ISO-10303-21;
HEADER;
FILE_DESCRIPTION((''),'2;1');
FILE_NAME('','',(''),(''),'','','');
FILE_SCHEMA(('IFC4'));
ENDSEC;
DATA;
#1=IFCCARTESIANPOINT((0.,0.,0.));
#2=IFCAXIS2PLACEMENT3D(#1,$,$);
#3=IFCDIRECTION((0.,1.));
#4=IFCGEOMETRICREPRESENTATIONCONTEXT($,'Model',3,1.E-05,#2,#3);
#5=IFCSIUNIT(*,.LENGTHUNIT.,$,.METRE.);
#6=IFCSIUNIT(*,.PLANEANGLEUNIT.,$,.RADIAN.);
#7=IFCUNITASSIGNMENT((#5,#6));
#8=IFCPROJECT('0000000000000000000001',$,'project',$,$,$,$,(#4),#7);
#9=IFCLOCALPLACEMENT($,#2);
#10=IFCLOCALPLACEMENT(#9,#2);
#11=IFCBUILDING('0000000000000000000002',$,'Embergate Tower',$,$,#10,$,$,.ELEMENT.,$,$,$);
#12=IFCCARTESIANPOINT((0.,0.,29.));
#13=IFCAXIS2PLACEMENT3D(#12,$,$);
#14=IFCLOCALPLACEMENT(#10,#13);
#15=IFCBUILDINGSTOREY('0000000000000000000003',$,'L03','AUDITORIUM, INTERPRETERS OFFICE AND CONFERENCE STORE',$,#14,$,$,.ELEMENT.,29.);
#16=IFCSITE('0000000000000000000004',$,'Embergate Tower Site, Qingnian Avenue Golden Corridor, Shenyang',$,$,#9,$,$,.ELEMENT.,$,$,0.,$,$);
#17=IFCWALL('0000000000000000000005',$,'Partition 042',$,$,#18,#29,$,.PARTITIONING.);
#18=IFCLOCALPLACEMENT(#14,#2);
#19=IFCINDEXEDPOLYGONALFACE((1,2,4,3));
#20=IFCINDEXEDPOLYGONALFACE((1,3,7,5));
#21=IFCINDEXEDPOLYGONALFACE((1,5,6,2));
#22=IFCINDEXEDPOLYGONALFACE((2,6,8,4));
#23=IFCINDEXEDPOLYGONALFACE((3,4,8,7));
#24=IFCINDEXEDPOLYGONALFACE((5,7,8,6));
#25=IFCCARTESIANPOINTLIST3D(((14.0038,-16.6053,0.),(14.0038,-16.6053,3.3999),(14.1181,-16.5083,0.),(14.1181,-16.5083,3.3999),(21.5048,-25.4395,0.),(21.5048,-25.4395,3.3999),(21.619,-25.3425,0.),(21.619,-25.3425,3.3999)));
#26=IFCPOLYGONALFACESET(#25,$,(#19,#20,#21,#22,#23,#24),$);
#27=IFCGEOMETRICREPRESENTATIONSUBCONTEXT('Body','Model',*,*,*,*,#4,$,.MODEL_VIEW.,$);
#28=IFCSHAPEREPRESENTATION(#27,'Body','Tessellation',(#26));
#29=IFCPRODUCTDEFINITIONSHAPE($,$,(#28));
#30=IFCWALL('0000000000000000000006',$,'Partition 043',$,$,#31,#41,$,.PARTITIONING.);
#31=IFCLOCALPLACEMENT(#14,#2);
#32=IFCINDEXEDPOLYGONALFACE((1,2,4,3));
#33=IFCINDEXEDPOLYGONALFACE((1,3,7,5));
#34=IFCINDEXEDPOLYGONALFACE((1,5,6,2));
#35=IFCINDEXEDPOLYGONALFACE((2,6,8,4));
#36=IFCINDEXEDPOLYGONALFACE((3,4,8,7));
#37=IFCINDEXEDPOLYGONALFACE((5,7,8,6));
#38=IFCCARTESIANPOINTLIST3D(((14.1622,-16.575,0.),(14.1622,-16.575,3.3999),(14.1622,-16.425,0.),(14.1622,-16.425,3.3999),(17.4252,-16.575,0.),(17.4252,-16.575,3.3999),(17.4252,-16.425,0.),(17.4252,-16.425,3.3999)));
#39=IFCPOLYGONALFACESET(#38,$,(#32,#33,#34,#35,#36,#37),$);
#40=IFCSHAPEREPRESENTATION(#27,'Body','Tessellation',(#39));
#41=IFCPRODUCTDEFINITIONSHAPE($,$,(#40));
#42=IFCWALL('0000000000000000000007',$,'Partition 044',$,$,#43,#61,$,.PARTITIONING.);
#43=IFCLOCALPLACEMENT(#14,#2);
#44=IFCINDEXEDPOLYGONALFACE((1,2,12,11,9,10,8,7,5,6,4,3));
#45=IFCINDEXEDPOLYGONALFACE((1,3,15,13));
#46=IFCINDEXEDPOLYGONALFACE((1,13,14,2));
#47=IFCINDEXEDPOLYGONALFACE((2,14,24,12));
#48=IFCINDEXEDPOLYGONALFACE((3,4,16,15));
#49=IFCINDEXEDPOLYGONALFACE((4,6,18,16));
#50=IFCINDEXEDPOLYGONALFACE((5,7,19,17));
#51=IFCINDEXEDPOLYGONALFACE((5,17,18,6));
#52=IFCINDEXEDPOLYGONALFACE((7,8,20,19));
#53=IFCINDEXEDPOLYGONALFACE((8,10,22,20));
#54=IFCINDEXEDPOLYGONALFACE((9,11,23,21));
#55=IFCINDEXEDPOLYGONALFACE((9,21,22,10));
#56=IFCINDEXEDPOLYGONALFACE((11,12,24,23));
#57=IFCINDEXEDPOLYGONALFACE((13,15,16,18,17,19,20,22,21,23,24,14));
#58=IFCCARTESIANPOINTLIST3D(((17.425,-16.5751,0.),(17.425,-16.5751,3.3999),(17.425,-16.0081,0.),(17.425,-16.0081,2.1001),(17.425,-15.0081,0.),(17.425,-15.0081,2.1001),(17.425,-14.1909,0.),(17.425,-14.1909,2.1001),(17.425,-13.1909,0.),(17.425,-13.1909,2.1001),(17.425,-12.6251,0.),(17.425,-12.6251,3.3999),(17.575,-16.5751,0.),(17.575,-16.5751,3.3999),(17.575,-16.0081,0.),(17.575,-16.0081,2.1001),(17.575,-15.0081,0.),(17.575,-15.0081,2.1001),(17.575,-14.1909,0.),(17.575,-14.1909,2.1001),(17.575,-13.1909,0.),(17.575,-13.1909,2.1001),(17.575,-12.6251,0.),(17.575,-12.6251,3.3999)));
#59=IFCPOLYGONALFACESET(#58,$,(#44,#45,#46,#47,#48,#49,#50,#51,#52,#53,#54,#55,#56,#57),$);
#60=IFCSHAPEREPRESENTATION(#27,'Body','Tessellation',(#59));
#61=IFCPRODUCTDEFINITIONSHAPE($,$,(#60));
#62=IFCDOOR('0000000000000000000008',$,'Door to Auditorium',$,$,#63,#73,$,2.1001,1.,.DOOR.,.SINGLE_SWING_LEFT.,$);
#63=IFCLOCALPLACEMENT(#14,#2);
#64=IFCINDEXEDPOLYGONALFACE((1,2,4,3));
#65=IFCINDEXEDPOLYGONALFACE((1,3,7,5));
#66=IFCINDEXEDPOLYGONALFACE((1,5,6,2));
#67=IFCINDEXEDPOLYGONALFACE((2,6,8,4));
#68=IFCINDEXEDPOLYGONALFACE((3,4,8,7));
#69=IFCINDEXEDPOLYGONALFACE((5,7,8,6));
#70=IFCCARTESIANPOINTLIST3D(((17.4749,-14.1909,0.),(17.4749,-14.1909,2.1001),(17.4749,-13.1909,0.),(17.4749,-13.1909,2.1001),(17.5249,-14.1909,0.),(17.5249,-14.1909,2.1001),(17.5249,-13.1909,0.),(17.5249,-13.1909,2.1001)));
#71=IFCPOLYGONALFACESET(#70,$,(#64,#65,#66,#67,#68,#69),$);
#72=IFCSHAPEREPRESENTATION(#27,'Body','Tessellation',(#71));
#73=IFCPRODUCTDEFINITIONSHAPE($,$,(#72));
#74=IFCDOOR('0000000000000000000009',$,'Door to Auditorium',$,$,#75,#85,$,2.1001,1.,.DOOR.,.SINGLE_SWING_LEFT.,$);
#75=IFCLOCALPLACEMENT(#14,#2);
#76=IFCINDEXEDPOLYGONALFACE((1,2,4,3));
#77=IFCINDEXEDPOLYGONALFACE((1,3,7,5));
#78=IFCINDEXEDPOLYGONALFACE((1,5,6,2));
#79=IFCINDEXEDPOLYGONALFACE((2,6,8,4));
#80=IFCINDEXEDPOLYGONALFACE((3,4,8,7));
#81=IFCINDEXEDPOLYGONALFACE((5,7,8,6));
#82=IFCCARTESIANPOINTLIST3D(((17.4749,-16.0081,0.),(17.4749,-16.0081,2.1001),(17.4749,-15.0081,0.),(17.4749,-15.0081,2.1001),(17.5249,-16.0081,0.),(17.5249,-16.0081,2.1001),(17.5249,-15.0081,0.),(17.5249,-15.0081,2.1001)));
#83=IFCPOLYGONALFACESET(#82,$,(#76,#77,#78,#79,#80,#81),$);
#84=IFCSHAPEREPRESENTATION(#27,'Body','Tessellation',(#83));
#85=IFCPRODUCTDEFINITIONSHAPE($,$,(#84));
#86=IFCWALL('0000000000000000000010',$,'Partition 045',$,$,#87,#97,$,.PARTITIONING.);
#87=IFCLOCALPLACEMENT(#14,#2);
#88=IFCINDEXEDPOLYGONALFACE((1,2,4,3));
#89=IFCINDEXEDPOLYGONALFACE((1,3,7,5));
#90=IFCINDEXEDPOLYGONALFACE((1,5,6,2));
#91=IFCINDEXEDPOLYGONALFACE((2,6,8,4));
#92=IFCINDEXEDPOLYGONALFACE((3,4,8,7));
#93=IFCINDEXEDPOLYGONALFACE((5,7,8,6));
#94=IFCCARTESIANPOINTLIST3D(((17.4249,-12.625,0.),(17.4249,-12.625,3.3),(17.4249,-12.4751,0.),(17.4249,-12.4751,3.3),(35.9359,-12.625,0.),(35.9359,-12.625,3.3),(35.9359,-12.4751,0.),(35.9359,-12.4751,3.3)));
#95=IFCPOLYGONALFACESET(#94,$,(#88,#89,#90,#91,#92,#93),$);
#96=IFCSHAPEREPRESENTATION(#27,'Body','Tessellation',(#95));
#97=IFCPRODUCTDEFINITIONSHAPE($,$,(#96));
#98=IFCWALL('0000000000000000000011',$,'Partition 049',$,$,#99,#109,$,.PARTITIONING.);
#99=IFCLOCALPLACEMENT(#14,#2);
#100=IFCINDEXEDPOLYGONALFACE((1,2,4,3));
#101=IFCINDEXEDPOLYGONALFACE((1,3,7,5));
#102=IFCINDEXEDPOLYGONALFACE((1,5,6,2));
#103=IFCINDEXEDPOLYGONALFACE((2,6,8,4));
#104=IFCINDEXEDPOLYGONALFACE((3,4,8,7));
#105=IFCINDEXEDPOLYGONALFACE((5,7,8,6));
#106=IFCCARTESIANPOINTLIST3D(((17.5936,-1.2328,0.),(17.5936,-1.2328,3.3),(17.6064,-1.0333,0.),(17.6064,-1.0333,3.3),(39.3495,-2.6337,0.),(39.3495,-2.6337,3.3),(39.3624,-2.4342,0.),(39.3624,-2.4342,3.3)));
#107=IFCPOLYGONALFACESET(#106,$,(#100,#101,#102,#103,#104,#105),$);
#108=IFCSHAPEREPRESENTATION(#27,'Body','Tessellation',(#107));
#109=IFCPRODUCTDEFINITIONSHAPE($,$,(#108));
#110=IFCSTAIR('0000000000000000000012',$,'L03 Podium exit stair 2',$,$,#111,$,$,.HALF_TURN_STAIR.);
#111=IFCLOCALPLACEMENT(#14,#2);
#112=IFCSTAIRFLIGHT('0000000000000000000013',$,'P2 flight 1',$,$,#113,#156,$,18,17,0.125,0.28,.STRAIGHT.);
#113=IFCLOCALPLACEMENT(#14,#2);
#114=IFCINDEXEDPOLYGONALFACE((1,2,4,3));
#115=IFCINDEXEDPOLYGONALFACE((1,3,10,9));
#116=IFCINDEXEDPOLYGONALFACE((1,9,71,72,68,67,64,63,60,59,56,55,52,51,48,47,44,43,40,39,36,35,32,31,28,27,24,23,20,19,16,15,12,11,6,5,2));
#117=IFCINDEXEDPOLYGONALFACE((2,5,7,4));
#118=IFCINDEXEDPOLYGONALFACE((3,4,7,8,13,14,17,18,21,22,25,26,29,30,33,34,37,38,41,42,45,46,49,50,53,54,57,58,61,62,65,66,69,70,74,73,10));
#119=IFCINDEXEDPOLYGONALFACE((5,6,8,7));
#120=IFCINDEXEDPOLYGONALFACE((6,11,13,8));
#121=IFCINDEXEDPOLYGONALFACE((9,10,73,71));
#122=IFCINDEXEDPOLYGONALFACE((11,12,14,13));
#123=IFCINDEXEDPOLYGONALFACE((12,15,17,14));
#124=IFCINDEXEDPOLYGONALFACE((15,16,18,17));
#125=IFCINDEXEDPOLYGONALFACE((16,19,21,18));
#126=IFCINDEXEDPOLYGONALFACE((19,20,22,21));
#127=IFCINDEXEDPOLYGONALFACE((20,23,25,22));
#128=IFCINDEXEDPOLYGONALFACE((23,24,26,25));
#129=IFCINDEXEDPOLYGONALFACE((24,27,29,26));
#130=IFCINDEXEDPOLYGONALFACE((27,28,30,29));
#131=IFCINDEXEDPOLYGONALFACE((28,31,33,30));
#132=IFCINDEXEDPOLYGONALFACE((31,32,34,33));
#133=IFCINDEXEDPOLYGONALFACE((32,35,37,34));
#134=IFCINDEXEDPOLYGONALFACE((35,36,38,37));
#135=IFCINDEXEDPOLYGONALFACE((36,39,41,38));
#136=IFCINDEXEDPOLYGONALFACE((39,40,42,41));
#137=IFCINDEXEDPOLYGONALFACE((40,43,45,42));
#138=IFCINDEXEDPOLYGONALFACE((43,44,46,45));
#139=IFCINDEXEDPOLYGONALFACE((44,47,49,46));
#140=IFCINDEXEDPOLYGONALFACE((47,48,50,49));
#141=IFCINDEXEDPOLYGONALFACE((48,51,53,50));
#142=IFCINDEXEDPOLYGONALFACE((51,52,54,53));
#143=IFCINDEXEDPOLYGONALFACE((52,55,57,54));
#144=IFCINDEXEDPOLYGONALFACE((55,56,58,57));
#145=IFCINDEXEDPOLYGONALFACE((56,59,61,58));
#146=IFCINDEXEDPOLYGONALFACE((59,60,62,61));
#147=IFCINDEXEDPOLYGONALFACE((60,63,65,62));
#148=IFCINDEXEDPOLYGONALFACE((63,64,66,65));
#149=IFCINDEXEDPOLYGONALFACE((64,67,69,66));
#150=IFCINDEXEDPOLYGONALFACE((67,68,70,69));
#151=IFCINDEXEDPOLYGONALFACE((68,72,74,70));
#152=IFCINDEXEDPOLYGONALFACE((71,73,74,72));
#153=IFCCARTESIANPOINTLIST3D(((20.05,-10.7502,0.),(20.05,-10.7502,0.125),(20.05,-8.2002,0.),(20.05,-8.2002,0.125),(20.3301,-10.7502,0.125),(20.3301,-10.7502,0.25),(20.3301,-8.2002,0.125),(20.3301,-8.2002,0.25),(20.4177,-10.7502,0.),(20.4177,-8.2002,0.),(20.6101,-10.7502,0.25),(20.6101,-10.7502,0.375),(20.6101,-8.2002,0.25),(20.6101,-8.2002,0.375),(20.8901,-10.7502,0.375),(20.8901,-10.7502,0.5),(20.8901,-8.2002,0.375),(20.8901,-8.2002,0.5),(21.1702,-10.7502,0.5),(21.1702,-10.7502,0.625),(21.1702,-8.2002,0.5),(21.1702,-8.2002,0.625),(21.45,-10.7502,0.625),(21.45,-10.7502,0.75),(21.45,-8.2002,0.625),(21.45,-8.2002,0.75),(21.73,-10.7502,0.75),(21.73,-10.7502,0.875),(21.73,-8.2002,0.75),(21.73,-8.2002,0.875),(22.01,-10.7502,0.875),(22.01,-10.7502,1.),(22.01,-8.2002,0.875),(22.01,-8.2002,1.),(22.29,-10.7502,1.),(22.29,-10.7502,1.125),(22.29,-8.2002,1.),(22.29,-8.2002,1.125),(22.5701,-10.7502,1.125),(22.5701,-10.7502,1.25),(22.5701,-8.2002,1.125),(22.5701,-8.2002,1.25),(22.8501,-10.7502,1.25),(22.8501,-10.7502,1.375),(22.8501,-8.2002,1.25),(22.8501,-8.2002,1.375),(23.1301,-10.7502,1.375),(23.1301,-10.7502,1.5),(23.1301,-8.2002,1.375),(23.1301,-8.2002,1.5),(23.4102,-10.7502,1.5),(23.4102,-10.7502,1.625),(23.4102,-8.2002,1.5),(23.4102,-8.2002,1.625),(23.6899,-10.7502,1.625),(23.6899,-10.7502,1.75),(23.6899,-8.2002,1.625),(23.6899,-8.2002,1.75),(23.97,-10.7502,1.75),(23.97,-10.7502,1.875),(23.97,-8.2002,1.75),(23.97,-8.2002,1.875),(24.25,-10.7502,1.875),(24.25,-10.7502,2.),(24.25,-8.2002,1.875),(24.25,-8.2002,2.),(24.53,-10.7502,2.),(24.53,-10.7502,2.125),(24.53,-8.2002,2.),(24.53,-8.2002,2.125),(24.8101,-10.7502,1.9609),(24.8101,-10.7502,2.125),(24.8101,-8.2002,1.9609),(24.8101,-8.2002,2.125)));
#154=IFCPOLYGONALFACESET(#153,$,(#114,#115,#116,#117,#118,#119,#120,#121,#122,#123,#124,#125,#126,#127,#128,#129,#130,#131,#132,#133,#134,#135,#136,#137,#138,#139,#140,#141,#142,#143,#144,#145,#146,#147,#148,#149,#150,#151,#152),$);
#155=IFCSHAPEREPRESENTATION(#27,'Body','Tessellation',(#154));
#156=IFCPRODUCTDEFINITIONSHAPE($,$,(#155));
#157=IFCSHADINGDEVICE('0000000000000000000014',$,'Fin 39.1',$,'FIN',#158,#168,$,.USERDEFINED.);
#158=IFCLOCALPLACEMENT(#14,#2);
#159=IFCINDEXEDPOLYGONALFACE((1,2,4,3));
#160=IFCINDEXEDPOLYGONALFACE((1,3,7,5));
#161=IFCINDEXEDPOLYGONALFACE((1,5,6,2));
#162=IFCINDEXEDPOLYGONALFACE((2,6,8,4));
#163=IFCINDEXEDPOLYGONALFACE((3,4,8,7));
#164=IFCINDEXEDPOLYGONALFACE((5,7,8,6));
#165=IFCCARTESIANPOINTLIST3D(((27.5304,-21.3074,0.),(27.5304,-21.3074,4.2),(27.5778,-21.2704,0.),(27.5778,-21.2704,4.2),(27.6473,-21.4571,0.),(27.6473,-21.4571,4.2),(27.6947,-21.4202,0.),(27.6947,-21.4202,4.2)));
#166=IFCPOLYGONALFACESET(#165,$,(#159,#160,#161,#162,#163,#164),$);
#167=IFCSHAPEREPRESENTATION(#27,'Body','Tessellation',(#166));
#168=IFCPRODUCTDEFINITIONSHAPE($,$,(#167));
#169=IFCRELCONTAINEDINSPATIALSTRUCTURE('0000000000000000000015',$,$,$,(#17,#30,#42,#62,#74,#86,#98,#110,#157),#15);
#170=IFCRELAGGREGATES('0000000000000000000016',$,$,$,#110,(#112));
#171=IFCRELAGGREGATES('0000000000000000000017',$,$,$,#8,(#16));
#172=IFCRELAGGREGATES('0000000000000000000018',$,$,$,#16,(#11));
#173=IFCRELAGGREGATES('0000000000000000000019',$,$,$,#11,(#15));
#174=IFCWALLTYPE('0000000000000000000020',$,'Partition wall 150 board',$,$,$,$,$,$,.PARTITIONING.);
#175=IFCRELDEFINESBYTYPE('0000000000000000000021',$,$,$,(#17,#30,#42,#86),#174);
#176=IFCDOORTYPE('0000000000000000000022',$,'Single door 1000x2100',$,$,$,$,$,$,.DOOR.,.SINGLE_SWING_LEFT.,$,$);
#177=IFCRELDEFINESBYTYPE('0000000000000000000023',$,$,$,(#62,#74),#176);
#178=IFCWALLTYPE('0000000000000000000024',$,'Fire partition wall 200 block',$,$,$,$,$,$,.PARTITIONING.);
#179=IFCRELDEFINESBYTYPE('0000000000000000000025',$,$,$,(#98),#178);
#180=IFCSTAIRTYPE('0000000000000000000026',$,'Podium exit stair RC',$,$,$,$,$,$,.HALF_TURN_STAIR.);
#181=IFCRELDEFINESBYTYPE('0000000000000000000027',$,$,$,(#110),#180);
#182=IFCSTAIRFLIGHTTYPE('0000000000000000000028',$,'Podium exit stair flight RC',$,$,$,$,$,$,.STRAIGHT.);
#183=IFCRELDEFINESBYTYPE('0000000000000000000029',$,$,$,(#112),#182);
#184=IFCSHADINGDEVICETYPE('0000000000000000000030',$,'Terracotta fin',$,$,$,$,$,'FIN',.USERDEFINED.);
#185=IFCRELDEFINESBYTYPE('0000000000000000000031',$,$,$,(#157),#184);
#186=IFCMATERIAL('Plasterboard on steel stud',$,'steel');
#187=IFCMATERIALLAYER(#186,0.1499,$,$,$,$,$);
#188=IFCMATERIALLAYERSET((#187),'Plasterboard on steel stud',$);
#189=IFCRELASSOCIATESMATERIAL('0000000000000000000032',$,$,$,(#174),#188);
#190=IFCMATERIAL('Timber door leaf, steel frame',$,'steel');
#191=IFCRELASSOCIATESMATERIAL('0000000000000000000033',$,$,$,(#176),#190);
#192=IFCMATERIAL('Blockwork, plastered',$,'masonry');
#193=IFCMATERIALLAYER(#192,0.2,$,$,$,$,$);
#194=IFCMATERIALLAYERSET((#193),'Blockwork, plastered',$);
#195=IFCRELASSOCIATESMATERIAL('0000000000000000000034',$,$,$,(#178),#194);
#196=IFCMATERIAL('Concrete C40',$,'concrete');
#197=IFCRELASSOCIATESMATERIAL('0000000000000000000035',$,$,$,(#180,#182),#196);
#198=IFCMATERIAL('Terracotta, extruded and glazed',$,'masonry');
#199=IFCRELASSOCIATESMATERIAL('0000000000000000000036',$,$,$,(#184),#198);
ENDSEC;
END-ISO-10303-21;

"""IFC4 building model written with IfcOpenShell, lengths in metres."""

from ifc_helpers import new_model, si_unit, direction, frame, frame_2d, origin, origin_2d, place, context, subcontext, project, spatial, polyline, rectangle, outline, extrude, source, transform, mapped, material, layer, layer_set, material_profile, profile_set, type_object, element, fill, aggregate, save


model = new_model("IFC4")

# Units and contexts
model_context = context("Model", 3, precision=1e-05, world=origin(), true_north=direction((0.0, 1.0)))
body_context = subcontext(model_context, "Body", "Model", "MODEL_VIEW")
ifc_project = project(units=[si_unit("LENGTHUNIT", "METRE"), si_unit("PLANEANGLEUNIT", "RADIAN")], contexts=[model_context])

# Site, building, storey
site_placement = place(None, origin())
site = spatial("IfcSite", under=ifc_project, at=site_placement, Name="Embergate Tower Site, Qingnian Avenue Golden Corridor, Shenyang", CompositionType="ELEMENT", RefElevation=0.0)
building_placement = place(site_placement, origin())
building = spatial("IfcBuilding", under=site, at=building_placement, Name="Embergate Tower", CompositionType="ELEMENT")
storey_placement = place(building_placement, frame((0.0, 0.0, 29.0)))
storey = spatial("IfcBuildingStorey", under=building, at=storey_placement, Name="L03", Description="AUDITORIUM, INTERPRETERS OFFICE AND CONFERENCE STORE", CompositionType="ELEMENT", Elevation=29.0)

# Shared definitions
ifc_material_1 = material(Name="Concrete C40", Category="concrete")

# Shared definitions
ifc_material_2 = material(Name="Plasterboard on steel stud", Category="steel")
ifc_layer_1 = layer(ifc_material_2, 0.1499)
ifc_layer_set_1 = layer_set([ifc_layer_1], Name="Plasterboard on steel stud")
wall_type_1 = type_object("IfcWallType", Name="Partition wall 150 board", PredefinedType="PARTITIONING", material=ifc_layer_set_1)
ifc_material_3 = material(Name="Timber door leaf, steel frame", Category="steel")
shared_shape_1 = source(origin(), body_context, "Body", "SweptSolid", [
    extrude(rectangle(XDim=1.0, YDim=2.1001, at=frame_2d((0.5, 1.05))), frame((0.0, 0.085, 0.0), z_axis=(0.0, -1.0, 0.0), x_axis=(1.0, 0.0, 0.0)), (0.0, 0.0, 1.0), 0.1699),
])
door_type_1 = type_object("IfcDoorType", Name="Single door 1000x2100", OperationType="SINGLE_SWING_LEFT", PredefinedType="DOOR", material=ifc_material_3)
shared_shape_2 = source(origin(), body_context, "Body", "SweptSolid", [
    extrude(rectangle(XDim=1.0, YDim=2.1001, at=frame_2d((0.5, 1.05))), frame((0.0, 0.0249, 0.0), z_axis=(0.0, -1.0, 0.0), x_axis=(1.0, 0.0, 0.0)), (0.0, 0.0, 1.0), 0.05),
])

# Walls
shared_shape_3 = source(origin(), body_context, "Body", "SweptSolid", [
    extrude(rectangle(XDim=11.5891, YDim=0.1499, at=frame_2d((5.7944, 0.0))), origin(), (0.0, 0.0, 1.0), 3.3999),
])
wall_1_placement = place(storey_placement, frame((14.061, -16.5569, 0.0), z_axis=(0.0, 0.0, 1.0), x_axis=(0.647242, -0.762285, 0.0)))
element("IfcWall", 1, at=wall_1_placement, inside=storey, type_object=wall_type_1, Name="Partition 042", PredefinedType="PARTITIONING", context=body_context, shape_type="MappedRepresentation", body=[
    mapped(shared_shape_3, transform((0.0, 0.0, 0.0))),
])
shared_shape_4 = source(origin(), body_context, "Body", "SweptSolid", [
    extrude(rectangle(XDim=3.2629, YDim=0.1499, at=frame_2d((1.6313, 0.0))), origin(), (0.0, 0.0, 1.0), 3.3999),
])
wall_2_placement = place(storey_placement, frame((17.425, -16.5, 0.0), z_axis=(0.0, 0.0, 1.0), x_axis=(-1.0, 0.0, 0.0)))
element("IfcWall", 2, at=wall_2_placement, inside=storey, type_object=wall_type_1, Name="Partition 043", PredefinedType="PARTITIONING", context=body_context, shape_type="MappedRepresentation", body=[
    mapped(shared_shape_4, transform((0.0, 0.0, 0.0))),
])

# Wall, openings, doors
shared_shape_5 = source(origin(), body_context, "Body", "SweptSolid", [
    extrude(rectangle(XDim=3.95, YDim=0.1499, at=frame_2d((1.9751, 0.0))), origin(), (0.0, 0.0, 1.0), 3.3999),
])
wall_3_placement = place(storey_placement, frame((17.5, -12.625, 0.0), z_axis=(0.0, 0.0, 1.0), x_axis=(0.0, -1.0, 0.0)))
wall_3 = element("IfcWall", 3, at=wall_3_placement, inside=storey, type_object=wall_type_1, Name="Partition 044", PredefinedType="PARTITIONING", context=body_context, shape_type="MappedRepresentation", body=[
    mapped(shared_shape_5, transform((0.0, 0.0, 0.0))),
])
opening_1_placement = place(wall_3_placement, frame((0.5659, 0.0, 0.0)))
opening_1 = element("IfcOpeningElement", 4, at=opening_1_placement, cuts=wall_3, PredefinedType="OPENING", context=body_context, shape_type="MappedRepresentation", body=[
    mapped(shared_shape_1, transform((0.0, 0.0, 0.0))),
])
opening_2_placement = place(wall_3_placement, frame((2.3831, 0.0, 0.0)))
opening_2 = element("IfcOpeningElement", 5, at=opening_2_placement, cuts=wall_3, PredefinedType="OPENING", context=body_context, shape_type="MappedRepresentation", body=[
    mapped(shared_shape_1, transform((0.0, 0.0, 0.0))),
])
door_1_placement = place(opening_1_placement, origin())
door_1 = element("IfcDoor", 6, at=door_1_placement, inside=storey, type_object=door_type_1, Name="Door to Auditorium", OperationType="SINGLE_SWING_LEFT", OverallHeight=2.1001, OverallWidth=1.0, PredefinedType="DOOR", context=body_context, shape_type="MappedRepresentation", body=[
    mapped(shared_shape_2, transform((0.0, 0.0, 0.0))),
])
fill(opening_1, door_1)
door_2_placement = place(opening_2_placement, origin())
door_2 = element("IfcDoor", 7, at=door_2_placement, inside=storey, type_object=door_type_1, Name="Door to Auditorium", OperationType="SINGLE_SWING_LEFT", OverallHeight=2.1001, OverallWidth=1.0, PredefinedType="DOOR", context=body_context, shape_type="MappedRepresentation", body=[
    mapped(shared_shape_2, transform((0.0, 0.0, 0.0))),
])
fill(opening_2, door_2)

# Walls
shared_shape_6 = source(origin(), body_context, "Body", "SweptSolid", [
    extrude(rectangle(XDim=18.511, YDim=0.1499, at=frame_2d((9.2554, 0.0))), origin(), (0.0, 0.0, 1.0), 3.3),
])
wall_4_placement = place(storey_placement, frame((17.425, -12.55, 0.0), z_axis=(0.0, 0.0, 1.0), x_axis=(1.0, 0.0, 0.0)))
element("IfcWall", 8, at=wall_4_placement, inside=storey, type_object=wall_type_1, Name="Partition 045", PredefinedType="PARTITIONING", context=body_context, shape_type="MappedRepresentation", body=[
    mapped(shared_shape_6, transform((0.0, 0.0, 0.0))),
])
ifc_material_4 = material(Name="Blockwork, plastered", Category="masonry")
ifc_layer_2 = layer(ifc_material_4, 0.2)
ifc_layer_set_2 = layer_set([ifc_layer_2], Name="Blockwork, plastered")
wall_type_2 = type_object("IfcWallType", Name="Fire partition wall 200 block", PredefinedType="PARTITIONING", material=ifc_layer_set_2)
shared_shape_7 = source(origin(), body_context, "Body", "SweptSolid", [
    extrude(rectangle(XDim=21.801, YDim=0.2, at=frame_2d((10.9004, 0.0))), origin(), (0.0, 0.0, 1.0), 3.3),
])
wall_5_placement = place(storey_placement, frame((17.6001, -1.1331, 0.0), z_axis=(0.0, 0.0, 1.0), x_axis=(0.997933, -0.064258, 0.0)))
element("IfcWall", 9, at=wall_5_placement, inside=storey, type_object=wall_type_2, Name="Partition 049", PredefinedType="PARTITIONING", context=body_context, shape_type="MappedRepresentation", body=[
    mapped(shared_shape_7, transform((0.0, 0.0, 0.0))),
])

# Stair, stair flight
stair_type = type_object("IfcStairType", Name="Podium exit stair RC", PredefinedType="HALF_TURN_STAIR", material=ifc_material_1)
stair_placement = place(storey_placement, origin())
stair = element("IfcStair", 10, at=stair_placement, inside=storey, type_object=stair_type, Name="L03 Podium exit stair 2", PredefinedType="HALF_TURN_STAIR")
stair_flight_type = type_object("IfcStairFlightType", Name="Podium exit stair flight RC", PredefinedType="STRAIGHT", material=ifc_material_1)
shared_shape_8 = source(origin(), body_context, "Body", "SweptSolid", [
    extrude(outline(polyline([(0.0, 0.0), (0.0, 0.125), (0.28, 0.125), (0.28, 0.25), (0.5601, 0.25), (0.5601, 0.375), (0.8401, 0.375), (0.8401, 0.5), (1.1201, 0.5), (1.1201, 0.625), (1.3999, 0.625), (1.3999, 0.75), (1.6799, 0.75), (1.6799, 0.875), (1.96, 0.875), (1.96, 1.0), (2.24, 1.0), (2.24, 1.125), (2.52, 1.125), (2.52, 1.25), (2.8, 1.25), (2.8, 1.375), (3.0801, 1.375), (3.0801, 1.5), (3.3601, 1.5), (3.3601, 1.625), (3.6399, 1.625), (3.6399, 1.75), (3.9199, 1.75), (3.9199, 1.875), (4.2, 1.875), (4.2, 2.0), (4.48, 2.0), (4.48, 2.125), (4.76, 2.125), (4.76, 2.25), (4.76, 1.9609), (0.3677, 0.0), (0.0, 0.0)])), frame((0.0, 1.2749, 0.0), z_axis=(0.0, -1.0, 0.0), x_axis=(1.0, 0.0, 0.0)), (0.0, 0.0, 1.0), 2.55),
])
stair_flight_placement = place(storey_placement, frame((20.05, -9.4751, 0.0), z_axis=(0.0, 0.0, 1.0), x_axis=(1.0, 0.0, 0.0)))
stair_flight = element("IfcStairFlight", 11, at=stair_flight_placement, type_object=stair_flight_type, Name="P2 flight 1", NumberOfRisers=18, NumberOfTreads=17, PredefinedType="STRAIGHT", RiserHeight=0.125, TreadLength=0.28, context=body_context, shape_type="MappedRepresentation", body=[
    mapped(shared_shape_8, transform((0.0, 0.0, 0.0))),
])
aggregate(stair, [stair_flight])

# Shading device
ifc_material_5 = material(Name="Terracotta, extruded and glazed", Category="masonry")
ifc_material_profile_1 = material_profile(ifc_material_5, rectangle(XDim=0.1899, YDim=0.0601, at=origin_2d()), Name="TC 190x60")
ifc_profile_set_1 = profile_set([ifc_material_profile_1], Name="Terracotta, extruded and glazed")
shading_device_type = type_object("IfcShadingDeviceType", Name="Terracotta fin", ElementType="FIN", PredefinedType="USERDEFINED", material=ifc_profile_set_1)
shared_shape_9 = source(origin(), body_context, "Body", "SweptSolid", [
    extrude(rectangle(XDim=0.1899, YDim=0.0601, at=origin_2d()), origin(), (0.0, 0.0, 1.0), 4.2),
])
for number, where, z_axis, x_axis, name in (
    (12, (27.6125, -21.3638, 0.0), (0.0, 0.0, 1.0), (-0.615275, 0.788313, 0.0), "Fin 39.1"),
):
    element("IfcShadingDevice", number, at=place(storey_placement, frame(where, z_axis=z_axis, x_axis=x_axis)), inside=storey, type_object=shading_device_type, Name=name, ObjectType="FIN", PredefinedType="USERDEFINED", context=body_context, shape_type="MappedRepresentation", body=[
        mapped(shared_shape_9, transform((0.0, 0.0, 0.0))),
    ])

save(model, "model.ifc")
